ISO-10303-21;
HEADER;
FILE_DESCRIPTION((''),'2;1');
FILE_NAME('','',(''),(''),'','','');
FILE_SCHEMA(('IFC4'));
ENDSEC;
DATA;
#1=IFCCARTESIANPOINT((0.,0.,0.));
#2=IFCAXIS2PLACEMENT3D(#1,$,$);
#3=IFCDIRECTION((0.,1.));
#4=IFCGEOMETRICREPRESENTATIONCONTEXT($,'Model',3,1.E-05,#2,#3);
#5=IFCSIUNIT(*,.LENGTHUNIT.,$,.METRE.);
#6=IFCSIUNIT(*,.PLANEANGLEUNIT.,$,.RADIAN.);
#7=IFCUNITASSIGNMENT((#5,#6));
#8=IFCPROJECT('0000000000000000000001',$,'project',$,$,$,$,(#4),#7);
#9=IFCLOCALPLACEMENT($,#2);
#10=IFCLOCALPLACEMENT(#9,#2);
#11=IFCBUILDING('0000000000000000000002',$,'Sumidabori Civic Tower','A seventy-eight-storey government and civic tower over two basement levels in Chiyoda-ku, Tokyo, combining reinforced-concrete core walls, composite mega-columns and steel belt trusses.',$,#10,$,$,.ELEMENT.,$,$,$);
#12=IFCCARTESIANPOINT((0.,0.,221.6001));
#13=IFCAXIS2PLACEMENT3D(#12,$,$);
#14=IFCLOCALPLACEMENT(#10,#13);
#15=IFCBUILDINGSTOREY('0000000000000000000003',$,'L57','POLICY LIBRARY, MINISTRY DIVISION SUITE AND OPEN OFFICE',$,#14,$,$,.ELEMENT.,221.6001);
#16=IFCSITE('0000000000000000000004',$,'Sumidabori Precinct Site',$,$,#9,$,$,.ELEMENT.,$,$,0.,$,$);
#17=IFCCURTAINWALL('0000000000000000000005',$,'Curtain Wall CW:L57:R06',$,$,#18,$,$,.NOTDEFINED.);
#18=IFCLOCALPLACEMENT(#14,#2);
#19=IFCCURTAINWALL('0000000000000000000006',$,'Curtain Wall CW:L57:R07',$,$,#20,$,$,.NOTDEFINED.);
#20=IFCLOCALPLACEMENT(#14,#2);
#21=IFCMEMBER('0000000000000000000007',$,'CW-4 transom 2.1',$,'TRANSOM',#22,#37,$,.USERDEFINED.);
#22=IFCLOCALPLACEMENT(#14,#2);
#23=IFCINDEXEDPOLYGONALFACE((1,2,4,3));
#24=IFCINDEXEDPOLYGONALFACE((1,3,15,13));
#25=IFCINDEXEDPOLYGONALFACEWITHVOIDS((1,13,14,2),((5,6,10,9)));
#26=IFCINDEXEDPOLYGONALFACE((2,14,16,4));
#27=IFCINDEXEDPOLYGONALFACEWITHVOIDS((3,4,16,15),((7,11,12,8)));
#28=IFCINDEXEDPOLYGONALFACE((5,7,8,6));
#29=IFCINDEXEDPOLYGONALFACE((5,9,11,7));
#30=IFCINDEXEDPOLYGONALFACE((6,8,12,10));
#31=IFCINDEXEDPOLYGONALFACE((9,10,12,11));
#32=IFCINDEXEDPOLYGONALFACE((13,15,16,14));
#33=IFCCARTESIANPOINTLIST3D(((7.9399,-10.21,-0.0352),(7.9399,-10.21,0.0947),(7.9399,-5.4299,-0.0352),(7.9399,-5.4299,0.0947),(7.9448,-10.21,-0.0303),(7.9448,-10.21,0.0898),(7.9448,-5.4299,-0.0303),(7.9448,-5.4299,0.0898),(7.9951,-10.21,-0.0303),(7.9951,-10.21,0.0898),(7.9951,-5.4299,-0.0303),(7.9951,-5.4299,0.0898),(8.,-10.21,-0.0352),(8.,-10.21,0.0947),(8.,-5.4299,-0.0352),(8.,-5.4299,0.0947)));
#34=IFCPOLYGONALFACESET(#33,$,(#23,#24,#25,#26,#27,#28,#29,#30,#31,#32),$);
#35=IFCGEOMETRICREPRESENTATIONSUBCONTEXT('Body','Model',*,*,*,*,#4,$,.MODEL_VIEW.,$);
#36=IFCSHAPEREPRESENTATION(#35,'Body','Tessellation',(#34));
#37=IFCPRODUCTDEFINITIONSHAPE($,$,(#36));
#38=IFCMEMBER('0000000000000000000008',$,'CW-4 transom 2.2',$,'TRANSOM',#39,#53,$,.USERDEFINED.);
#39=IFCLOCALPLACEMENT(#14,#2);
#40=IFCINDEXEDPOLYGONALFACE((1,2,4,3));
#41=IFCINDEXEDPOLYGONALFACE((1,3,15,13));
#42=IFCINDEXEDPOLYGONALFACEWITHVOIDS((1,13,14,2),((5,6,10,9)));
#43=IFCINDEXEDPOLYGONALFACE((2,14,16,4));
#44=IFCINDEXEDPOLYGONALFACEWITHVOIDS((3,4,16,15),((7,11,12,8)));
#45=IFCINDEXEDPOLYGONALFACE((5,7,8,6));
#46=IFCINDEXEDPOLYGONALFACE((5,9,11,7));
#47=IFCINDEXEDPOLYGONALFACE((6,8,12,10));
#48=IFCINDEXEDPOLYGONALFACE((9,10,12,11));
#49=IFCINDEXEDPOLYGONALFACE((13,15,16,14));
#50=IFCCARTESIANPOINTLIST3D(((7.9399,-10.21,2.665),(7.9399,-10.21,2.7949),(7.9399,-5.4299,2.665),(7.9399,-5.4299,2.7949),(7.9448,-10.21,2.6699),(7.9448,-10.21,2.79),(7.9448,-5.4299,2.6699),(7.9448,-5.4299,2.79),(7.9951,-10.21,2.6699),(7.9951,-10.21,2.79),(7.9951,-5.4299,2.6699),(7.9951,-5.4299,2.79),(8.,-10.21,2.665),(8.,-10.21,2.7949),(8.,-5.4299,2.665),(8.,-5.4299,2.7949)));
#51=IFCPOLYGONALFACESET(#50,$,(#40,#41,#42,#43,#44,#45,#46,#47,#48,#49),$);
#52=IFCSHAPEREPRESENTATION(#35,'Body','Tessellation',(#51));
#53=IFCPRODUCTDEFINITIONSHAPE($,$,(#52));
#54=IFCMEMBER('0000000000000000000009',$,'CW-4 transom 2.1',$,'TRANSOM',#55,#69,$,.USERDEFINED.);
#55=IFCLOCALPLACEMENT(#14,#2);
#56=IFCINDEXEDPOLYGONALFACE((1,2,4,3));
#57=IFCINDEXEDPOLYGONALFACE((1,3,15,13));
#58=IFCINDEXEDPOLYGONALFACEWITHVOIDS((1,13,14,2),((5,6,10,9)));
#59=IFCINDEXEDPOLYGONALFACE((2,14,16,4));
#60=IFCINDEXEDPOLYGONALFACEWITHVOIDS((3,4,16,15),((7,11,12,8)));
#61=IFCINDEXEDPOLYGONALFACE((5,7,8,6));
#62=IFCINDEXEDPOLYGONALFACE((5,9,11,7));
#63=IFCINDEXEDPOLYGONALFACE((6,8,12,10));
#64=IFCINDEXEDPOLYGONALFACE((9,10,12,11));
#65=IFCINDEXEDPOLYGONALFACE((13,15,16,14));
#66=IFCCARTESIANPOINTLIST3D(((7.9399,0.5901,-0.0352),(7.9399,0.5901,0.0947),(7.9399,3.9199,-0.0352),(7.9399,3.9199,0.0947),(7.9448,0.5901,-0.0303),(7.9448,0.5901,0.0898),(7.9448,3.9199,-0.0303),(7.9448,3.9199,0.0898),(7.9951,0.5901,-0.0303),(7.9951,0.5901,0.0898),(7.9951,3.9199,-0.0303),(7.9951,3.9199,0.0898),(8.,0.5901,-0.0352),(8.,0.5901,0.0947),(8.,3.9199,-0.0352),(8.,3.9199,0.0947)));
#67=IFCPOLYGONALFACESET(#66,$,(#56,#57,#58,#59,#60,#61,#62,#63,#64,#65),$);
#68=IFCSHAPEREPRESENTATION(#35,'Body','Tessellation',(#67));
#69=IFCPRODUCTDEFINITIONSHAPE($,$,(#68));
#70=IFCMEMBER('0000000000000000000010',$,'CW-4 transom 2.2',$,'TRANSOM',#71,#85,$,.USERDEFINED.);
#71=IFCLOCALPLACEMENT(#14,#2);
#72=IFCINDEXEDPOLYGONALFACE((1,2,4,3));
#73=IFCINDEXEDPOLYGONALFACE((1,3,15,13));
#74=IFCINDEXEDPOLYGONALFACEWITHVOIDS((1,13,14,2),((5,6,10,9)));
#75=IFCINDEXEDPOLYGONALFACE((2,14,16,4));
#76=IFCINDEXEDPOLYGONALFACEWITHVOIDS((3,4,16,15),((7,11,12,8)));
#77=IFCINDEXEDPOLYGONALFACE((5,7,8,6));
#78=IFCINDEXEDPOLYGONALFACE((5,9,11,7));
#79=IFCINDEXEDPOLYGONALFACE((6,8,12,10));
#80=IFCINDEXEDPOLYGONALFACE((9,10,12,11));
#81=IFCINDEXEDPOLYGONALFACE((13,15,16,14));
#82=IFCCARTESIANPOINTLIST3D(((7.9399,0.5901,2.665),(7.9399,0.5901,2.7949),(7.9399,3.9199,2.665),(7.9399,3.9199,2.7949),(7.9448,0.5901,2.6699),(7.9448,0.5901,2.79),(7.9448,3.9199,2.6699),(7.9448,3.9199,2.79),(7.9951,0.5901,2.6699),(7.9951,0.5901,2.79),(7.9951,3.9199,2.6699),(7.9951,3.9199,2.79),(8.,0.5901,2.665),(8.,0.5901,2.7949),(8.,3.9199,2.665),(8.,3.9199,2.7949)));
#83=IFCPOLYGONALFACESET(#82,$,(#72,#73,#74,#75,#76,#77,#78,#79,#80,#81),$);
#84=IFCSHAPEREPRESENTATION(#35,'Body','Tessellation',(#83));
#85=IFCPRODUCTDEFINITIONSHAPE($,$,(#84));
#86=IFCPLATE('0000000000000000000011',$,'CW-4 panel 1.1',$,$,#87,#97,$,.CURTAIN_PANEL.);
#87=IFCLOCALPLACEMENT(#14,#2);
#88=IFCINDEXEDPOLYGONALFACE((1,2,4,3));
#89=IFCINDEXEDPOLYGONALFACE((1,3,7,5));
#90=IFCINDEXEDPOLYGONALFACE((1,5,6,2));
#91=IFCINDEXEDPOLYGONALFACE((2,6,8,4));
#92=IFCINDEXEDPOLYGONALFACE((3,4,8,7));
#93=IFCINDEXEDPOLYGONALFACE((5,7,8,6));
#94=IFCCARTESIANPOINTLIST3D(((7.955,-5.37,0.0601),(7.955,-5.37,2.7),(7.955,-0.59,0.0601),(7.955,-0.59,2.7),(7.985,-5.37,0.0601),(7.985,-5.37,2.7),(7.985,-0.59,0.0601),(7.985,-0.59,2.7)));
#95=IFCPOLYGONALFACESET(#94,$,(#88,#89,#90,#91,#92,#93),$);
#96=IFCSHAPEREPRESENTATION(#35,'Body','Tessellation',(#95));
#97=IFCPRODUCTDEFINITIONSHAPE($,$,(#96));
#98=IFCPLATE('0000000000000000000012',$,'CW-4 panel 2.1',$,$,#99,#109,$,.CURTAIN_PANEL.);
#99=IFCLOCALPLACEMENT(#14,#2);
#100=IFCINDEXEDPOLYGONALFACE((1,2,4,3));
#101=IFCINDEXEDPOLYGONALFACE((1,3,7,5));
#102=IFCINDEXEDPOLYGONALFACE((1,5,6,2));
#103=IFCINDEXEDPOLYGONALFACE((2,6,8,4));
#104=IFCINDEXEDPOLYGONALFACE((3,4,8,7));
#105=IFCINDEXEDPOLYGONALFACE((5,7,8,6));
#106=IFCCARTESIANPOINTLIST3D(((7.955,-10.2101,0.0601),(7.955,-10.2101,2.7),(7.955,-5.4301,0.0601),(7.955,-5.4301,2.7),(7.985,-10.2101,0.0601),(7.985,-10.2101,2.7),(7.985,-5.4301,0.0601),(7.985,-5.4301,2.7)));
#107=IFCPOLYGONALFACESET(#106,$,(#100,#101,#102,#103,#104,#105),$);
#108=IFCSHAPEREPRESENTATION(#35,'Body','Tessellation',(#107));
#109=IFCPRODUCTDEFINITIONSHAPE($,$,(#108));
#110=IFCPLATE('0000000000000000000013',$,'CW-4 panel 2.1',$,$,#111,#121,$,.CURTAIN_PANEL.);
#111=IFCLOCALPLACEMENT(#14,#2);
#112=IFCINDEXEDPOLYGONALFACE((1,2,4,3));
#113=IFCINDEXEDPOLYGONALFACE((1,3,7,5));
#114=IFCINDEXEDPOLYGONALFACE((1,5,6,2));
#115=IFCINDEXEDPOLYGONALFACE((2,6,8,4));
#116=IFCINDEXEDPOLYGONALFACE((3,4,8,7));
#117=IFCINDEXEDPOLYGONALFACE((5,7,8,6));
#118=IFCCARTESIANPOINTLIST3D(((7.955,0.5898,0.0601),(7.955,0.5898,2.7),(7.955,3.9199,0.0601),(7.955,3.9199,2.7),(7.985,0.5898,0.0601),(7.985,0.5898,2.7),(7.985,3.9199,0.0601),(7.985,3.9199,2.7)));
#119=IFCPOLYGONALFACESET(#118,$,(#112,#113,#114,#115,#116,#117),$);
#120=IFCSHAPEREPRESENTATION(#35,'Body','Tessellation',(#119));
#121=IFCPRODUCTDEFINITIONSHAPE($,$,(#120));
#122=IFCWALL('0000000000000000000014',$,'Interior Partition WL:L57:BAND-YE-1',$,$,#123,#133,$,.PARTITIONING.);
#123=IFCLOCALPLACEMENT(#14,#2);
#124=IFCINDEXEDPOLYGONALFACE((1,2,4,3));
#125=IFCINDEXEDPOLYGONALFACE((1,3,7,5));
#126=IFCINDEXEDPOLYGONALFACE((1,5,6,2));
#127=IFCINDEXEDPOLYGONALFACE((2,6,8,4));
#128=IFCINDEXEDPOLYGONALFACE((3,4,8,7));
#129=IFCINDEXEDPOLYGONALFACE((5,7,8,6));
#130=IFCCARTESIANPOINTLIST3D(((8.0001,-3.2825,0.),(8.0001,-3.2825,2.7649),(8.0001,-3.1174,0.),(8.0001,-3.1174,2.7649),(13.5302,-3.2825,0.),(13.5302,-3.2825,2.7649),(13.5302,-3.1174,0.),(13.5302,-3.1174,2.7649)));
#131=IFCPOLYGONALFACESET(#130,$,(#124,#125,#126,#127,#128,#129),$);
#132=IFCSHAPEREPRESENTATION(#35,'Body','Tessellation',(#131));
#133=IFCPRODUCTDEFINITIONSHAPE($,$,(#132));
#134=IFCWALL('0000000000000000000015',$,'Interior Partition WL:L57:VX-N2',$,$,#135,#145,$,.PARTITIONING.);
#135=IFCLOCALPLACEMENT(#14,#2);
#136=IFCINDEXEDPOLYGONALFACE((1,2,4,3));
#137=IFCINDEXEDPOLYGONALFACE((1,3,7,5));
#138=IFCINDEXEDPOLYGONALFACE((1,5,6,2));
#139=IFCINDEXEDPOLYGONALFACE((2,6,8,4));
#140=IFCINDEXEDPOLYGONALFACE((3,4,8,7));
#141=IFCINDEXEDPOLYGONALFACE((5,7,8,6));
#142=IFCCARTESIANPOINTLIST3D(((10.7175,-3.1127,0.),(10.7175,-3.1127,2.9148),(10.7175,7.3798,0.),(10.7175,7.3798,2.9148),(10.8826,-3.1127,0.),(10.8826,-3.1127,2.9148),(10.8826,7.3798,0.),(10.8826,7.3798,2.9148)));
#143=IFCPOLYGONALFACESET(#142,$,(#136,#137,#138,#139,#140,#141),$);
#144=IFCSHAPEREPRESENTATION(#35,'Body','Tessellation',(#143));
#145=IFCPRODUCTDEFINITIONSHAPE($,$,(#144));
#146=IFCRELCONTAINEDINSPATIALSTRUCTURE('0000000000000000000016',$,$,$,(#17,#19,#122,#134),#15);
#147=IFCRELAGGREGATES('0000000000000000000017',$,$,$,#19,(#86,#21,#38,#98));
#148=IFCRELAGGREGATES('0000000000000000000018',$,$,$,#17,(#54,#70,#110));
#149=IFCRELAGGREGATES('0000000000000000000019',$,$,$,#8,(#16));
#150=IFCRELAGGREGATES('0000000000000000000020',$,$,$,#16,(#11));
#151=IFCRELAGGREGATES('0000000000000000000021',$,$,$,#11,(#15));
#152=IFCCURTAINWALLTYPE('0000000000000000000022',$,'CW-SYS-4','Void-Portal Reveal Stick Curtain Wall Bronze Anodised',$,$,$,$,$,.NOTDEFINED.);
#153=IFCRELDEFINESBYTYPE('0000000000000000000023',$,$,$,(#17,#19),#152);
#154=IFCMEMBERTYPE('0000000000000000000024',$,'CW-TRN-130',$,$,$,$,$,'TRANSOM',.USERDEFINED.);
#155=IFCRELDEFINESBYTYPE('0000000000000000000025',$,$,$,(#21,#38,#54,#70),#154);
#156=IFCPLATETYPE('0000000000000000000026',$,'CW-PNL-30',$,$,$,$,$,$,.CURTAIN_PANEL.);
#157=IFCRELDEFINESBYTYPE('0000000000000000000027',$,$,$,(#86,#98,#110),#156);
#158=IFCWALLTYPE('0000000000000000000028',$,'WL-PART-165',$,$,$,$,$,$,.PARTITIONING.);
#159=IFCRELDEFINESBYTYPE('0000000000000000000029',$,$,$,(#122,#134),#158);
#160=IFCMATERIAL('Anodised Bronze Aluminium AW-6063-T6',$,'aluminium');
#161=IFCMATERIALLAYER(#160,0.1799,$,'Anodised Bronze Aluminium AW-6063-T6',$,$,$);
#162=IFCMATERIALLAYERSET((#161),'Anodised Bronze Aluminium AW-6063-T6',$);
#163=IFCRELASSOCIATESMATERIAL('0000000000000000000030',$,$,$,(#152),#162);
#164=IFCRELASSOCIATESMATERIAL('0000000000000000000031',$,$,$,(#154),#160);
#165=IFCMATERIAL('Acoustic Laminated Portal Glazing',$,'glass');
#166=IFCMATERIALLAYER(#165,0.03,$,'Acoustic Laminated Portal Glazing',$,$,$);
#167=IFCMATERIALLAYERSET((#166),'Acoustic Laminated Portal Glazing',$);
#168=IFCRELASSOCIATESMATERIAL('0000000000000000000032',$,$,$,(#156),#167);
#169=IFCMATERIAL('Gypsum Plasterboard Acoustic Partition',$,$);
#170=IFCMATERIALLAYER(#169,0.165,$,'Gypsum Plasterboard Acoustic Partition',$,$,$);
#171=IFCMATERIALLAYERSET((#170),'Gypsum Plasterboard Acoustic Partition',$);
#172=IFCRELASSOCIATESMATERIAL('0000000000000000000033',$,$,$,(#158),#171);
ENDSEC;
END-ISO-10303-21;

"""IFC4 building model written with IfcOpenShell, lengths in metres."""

from ifc_helpers import new_model, si_unit, direction, frame, frame_2d, origin, origin_2d, place, context, subcontext, project, spatial, rectangle, hollow_rectangle, extrude, source, transform, mapped, material, layer, layer_set, material_profile, profile_set, type_object, element, aggregate, save


model = new_model("IFC4")

# Units and contexts
model_context = context("Model", 3, precision=1e-05, world=origin(), true_north=direction((0.0, 1.0)))
body_context = subcontext(model_context, "Body", "Model", "MODEL_VIEW")
ifc_project = project(units=[si_unit("LENGTHUNIT", "METRE"), si_unit("PLANEANGLEUNIT", "RADIAN")], contexts=[model_context])

# Site, building, storey
site_placement = place(None, origin())
site = spatial("IfcSite", under=ifc_project, at=site_placement, Name="Sumidabori Precinct Site", CompositionType="ELEMENT", RefElevation=0.0)
building_placement = place(site_placement, origin())
building = spatial("IfcBuilding", under=site, at=building_placement, Name="Sumidabori Civic Tower", Description="A seventy-eight-storey government and civic tower over two basement levels in Chiyoda-ku, Tokyo, combining reinforced-concrete core walls, composite mega-columns and steel belt trusses.", CompositionType="ELEMENT")
storey_placement = place(building_placement, frame((0.0, 0.0, 221.6001)))
storey = spatial("IfcBuildingStorey", under=building, at=storey_placement, Name="L57", Description="POLICY LIBRARY, MINISTRY DIVISION SUITE AND OPEN OFFICE", CompositionType="ELEMENT", Elevation=221.6001)

# Curtain walls, members
ifc_material_1 = material(Name="Anodised Bronze Aluminium AW-6063-T6", Category="aluminium")
ifc_layer_1 = layer(ifc_material_1, 0.1799, Name="Anodised Bronze Aluminium AW-6063-T6")
ifc_layer_set_1 = layer_set([ifc_layer_1], Name="Anodised Bronze Aluminium AW-6063-T6")
curtain_wall_type = type_object("IfcCurtainWallType", Name="CW-SYS-4", Description="Void-Portal Reveal Stick Curtain Wall Bronze Anodised", PredefinedType="NOTDEFINED", material=ifc_layer_set_1)
curtain_wall_1_placement = place(storey_placement, origin())
curtain_wall_1 = element("IfcCurtainWall", 1, at=curtain_wall_1_placement, inside=storey, type_object=curtain_wall_type, Name="Curtain Wall CW:L57:R06", PredefinedType="NOTDEFINED")
curtain_wall_2_placement = place(storey_placement, origin())
curtain_wall_2 = element("IfcCurtainWall", 2, at=curtain_wall_2_placement, inside=storey, type_object=curtain_wall_type, Name="Curtain Wall CW:L57:R07", PredefinedType="NOTDEFINED")
ifc_material_profile_1 = material_profile(ifc_material_1, hollow_rectangle(XDim=0.0601, YDim=0.1299, WallThickness=0.0049, at=origin_2d()), Name="ALU TRANSOM 130x60")
ifc_profile_set_1 = profile_set([ifc_material_profile_1], Name="Anodised Bronze Aluminium AW-6063-T6")
member_type_1 = type_object("IfcMemberType", Name="CW-TRN-130", ElementType="TRANSOM", PredefinedType="USERDEFINED", material=ifc_profile_set_1)
shared_shape_1 = source(origin(), body_context, "Body", "SweptSolid", [
    extrude(hollow_rectangle(XDim=0.0601, YDim=0.1299, WallThickness=0.0049, at=origin_2d()), origin(), (0.0, 0.0, 1.0), 4.78),
])
member_1_placement = place(storey_placement, frame((7.97, -5.4299, 0.0298), z_axis=(0.0, -1.0, 0.0), x_axis=(1.0, 0.0, 0.0)))
member_1 = element("IfcMember", 3, at=member_1_placement, type_object=member_type_1, Name="CW-4 transom 2.1", ObjectType="TRANSOM", PredefinedType="USERDEFINED", context=body_context, shape_type="MappedRepresentation", body=[
    mapped(shared_shape_1, transform((0.0, 0.0, 0.0), x_axis=(1.0, 0.0, 0.0), y_axis=(0.0, 1.0, 0.0), z_axis=(0.0, 0.0, 1.0), scale=1.0)),
])
member_2_placement = place(storey_placement, frame((7.97, -5.4299, 2.73), z_axis=(0.0, -1.0, 0.0), x_axis=(1.0, 0.0, 0.0)))
member_2 = element("IfcMember", 4, at=member_2_placement, type_object=member_type_1, Name="CW-4 transom 2.2", ObjectType="TRANSOM", PredefinedType="USERDEFINED", context=body_context, shape_type="MappedRepresentation", body=[
    mapped(shared_shape_1, transform((0.0, 0.0, 0.0), x_axis=(1.0, 0.0, 0.0), y_axis=(0.0, 1.0, 0.0), z_axis=(0.0, 0.0, 1.0), scale=1.0)),
])

# Members
shared_shape_2 = source(origin(), body_context, "Body", "SweptSolid", [
    extrude(hollow_rectangle(XDim=0.0601, YDim=0.1299, WallThickness=0.0049, at=origin_2d()), origin(), (0.0, 0.0, 1.0), 3.3298),
])
member_3_placement = place(storey_placement, frame((7.97, 3.9199, 0.0298), z_axis=(0.0, -1.0, 0.0), x_axis=(1.0, 0.0, 0.0)))
member_3 = element("IfcMember", 5, at=member_3_placement, type_object=member_type_1, Name="CW-4 transom 2.1", ObjectType="TRANSOM", PredefinedType="USERDEFINED", context=body_context, shape_type="MappedRepresentation", body=[
    mapped(shared_shape_2, transform((0.0, 0.0, 0.0), x_axis=(1.0, 0.0, 0.0), y_axis=(0.0, 1.0, 0.0), z_axis=(0.0, 0.0, 1.0), scale=1.0)),
])
member_4_placement = place(storey_placement, frame((7.97, 3.9199, 2.73), z_axis=(0.0, -1.0, 0.0), x_axis=(1.0, 0.0, 0.0)))
member_4 = element("IfcMember", 6, at=member_4_placement, type_object=member_type_1, Name="CW-4 transom 2.2", ObjectType="TRANSOM", PredefinedType="USERDEFINED", context=body_context, shape_type="MappedRepresentation", body=[
    mapped(shared_shape_2, transform((0.0, 0.0, 0.0), x_axis=(1.0, 0.0, 0.0), y_axis=(0.0, 1.0, 0.0), z_axis=(0.0, 0.0, 1.0), scale=1.0)),
])

# Plates
ifc_material_2 = material(Name="Acoustic Laminated Portal Glazing", Category="glass")
ifc_layer_2 = layer(ifc_material_2, 0.03, Name="Acoustic Laminated Portal Glazing")
ifc_layer_set_2 = layer_set([ifc_layer_2], Name="Acoustic Laminated Portal Glazing")
plate_type = type_object("IfcPlateType", Name="CW-PNL-30", PredefinedType="CURTAIN_PANEL", material=ifc_layer_set_2)
shared_shape_3 = source(origin(), body_context, "Body", "SweptSolid", [
    extrude(rectangle(XDim=4.78, YDim=0.03, at=origin_2d()), origin(), (0.0, 0.0, 1.0), 2.6399),
])
plate_1_placement = place(storey_placement, frame((7.97, -2.98, 0.0601), z_axis=(0.0, 0.0, 1.0), x_axis=(0.0, -1.0, 0.0)))
plate_1 = element("IfcPlate", 7, at=plate_1_placement, type_object=plate_type, Name="CW-4 panel 1.1", PredefinedType="CURTAIN_PANEL", context=body_context, shape_type="MappedRepresentation", body=[
    mapped(shared_shape_3, transform((0.0, 0.0, 0.0), x_axis=(1.0, 0.0, 0.0), y_axis=(0.0, 1.0, 0.0), z_axis=(0.0, 0.0, 1.0), scale=1.0)),
])
plate_2_placement = place(storey_placement, frame((7.97, -7.8201, 0.0601), z_axis=(0.0, 0.0, 1.0), x_axis=(0.0, -1.0, 0.0)))
plate_2 = element("IfcPlate", 8, at=plate_2_placement, type_object=plate_type, Name="CW-4 panel 2.1", PredefinedType="CURTAIN_PANEL", context=body_context, shape_type="MappedRepresentation", body=[
    mapped(shared_shape_3, transform((0.0, 0.0, 0.0), x_axis=(1.0, 0.0, 0.0), y_axis=(0.0, 1.0, 0.0), z_axis=(0.0, 0.0, 1.0), scale=1.0)),
])
aggregate(curtain_wall_2, [plate_1, member_1, member_2, plate_2])
shared_shape_4 = source(origin(), body_context, "Body", "SweptSolid", [
    extrude(rectangle(XDim=3.3301, YDim=0.03, at=origin_2d()), origin(), (0.0, 0.0, 1.0), 2.6399),
])
plate_3_placement = place(storey_placement, frame((7.97, 2.2549, 0.0601), z_axis=(0.0, 0.0, 1.0), x_axis=(0.0, -1.0, 0.0)))
plate_3 = element("IfcPlate", 9, at=plate_3_placement, type_object=plate_type, Name="CW-4 panel 2.1", PredefinedType="CURTAIN_PANEL", context=body_context, shape_type="MappedRepresentation", body=[
    mapped(shared_shape_4, transform((0.0, 0.0, 0.0), x_axis=(1.0, 0.0, 0.0), y_axis=(0.0, 1.0, 0.0), z_axis=(0.0, 0.0, 1.0), scale=1.0)),
])
aggregate(curtain_wall_1, [member_3, member_4, plate_3])

# Walls
ifc_material_3 = material(Name="Gypsum Plasterboard Acoustic Partition")
ifc_layer_3 = layer(ifc_material_3, 0.165, Name="Gypsum Plasterboard Acoustic Partition")
ifc_layer_set_3 = layer_set([ifc_layer_3], Name="Gypsum Plasterboard Acoustic Partition")
wall_type = type_object("IfcWallType", Name="WL-PART-165", PredefinedType="PARTITIONING", material=ifc_layer_set_3)
shared_shape_5 = source(origin(), body_context, "Body", "SweptSolid", [
    extrude(rectangle(XDim=5.53, YDim=0.165, at=frame_2d((2.7651, 0.0))), origin(), (0.0, 0.0, 1.0), 2.7649),
])
wall_1_placement = place(storey_placement, frame((8.0, -3.2, 0.0), z_axis=(0.0, 0.0, 1.0), x_axis=(1.0, 0.0, 0.0)))
element("IfcWall", 10, at=wall_1_placement, inside=storey, type_object=wall_type, Name="Interior Partition WL:L57:BAND-YE-1", PredefinedType="PARTITIONING", context=body_context, shape_type="MappedRepresentation", body=[
    mapped(shared_shape_5, transform((0.0, 0.0, 0.0), x_axis=(1.0, 0.0, 0.0), y_axis=(0.0, 1.0, 0.0), z_axis=(0.0, 0.0, 1.0), scale=1.0)),
])
shared_shape_6 = source(origin(), body_context, "Body", "SweptSolid", [
    extrude(rectangle(XDim=10.4924, YDim=0.165, at=frame_2d((5.2461, 0.0))), origin(), (0.0, 0.0, 1.0), 2.9148),
])
wall_2_placement = place(storey_placement, frame((10.8, -3.1125, 0.0), z_axis=(0.0, 0.0, 1.0), x_axis=(0.0, 1.0, 0.0)))
element("IfcWall", 11, at=wall_2_placement, inside=storey, type_object=wall_type, Name="Interior Partition WL:L57:VX-N2", PredefinedType="PARTITIONING", context=body_context, shape_type="MappedRepresentation", body=[
    mapped(shared_shape_6, transform((0.0, 0.0, 0.0), x_axis=(1.0, 0.0, 0.0), y_axis=(0.0, 1.0, 0.0), z_axis=(0.0, 0.0, 1.0), scale=1.0)),
])

save(model, "model.ifc")
